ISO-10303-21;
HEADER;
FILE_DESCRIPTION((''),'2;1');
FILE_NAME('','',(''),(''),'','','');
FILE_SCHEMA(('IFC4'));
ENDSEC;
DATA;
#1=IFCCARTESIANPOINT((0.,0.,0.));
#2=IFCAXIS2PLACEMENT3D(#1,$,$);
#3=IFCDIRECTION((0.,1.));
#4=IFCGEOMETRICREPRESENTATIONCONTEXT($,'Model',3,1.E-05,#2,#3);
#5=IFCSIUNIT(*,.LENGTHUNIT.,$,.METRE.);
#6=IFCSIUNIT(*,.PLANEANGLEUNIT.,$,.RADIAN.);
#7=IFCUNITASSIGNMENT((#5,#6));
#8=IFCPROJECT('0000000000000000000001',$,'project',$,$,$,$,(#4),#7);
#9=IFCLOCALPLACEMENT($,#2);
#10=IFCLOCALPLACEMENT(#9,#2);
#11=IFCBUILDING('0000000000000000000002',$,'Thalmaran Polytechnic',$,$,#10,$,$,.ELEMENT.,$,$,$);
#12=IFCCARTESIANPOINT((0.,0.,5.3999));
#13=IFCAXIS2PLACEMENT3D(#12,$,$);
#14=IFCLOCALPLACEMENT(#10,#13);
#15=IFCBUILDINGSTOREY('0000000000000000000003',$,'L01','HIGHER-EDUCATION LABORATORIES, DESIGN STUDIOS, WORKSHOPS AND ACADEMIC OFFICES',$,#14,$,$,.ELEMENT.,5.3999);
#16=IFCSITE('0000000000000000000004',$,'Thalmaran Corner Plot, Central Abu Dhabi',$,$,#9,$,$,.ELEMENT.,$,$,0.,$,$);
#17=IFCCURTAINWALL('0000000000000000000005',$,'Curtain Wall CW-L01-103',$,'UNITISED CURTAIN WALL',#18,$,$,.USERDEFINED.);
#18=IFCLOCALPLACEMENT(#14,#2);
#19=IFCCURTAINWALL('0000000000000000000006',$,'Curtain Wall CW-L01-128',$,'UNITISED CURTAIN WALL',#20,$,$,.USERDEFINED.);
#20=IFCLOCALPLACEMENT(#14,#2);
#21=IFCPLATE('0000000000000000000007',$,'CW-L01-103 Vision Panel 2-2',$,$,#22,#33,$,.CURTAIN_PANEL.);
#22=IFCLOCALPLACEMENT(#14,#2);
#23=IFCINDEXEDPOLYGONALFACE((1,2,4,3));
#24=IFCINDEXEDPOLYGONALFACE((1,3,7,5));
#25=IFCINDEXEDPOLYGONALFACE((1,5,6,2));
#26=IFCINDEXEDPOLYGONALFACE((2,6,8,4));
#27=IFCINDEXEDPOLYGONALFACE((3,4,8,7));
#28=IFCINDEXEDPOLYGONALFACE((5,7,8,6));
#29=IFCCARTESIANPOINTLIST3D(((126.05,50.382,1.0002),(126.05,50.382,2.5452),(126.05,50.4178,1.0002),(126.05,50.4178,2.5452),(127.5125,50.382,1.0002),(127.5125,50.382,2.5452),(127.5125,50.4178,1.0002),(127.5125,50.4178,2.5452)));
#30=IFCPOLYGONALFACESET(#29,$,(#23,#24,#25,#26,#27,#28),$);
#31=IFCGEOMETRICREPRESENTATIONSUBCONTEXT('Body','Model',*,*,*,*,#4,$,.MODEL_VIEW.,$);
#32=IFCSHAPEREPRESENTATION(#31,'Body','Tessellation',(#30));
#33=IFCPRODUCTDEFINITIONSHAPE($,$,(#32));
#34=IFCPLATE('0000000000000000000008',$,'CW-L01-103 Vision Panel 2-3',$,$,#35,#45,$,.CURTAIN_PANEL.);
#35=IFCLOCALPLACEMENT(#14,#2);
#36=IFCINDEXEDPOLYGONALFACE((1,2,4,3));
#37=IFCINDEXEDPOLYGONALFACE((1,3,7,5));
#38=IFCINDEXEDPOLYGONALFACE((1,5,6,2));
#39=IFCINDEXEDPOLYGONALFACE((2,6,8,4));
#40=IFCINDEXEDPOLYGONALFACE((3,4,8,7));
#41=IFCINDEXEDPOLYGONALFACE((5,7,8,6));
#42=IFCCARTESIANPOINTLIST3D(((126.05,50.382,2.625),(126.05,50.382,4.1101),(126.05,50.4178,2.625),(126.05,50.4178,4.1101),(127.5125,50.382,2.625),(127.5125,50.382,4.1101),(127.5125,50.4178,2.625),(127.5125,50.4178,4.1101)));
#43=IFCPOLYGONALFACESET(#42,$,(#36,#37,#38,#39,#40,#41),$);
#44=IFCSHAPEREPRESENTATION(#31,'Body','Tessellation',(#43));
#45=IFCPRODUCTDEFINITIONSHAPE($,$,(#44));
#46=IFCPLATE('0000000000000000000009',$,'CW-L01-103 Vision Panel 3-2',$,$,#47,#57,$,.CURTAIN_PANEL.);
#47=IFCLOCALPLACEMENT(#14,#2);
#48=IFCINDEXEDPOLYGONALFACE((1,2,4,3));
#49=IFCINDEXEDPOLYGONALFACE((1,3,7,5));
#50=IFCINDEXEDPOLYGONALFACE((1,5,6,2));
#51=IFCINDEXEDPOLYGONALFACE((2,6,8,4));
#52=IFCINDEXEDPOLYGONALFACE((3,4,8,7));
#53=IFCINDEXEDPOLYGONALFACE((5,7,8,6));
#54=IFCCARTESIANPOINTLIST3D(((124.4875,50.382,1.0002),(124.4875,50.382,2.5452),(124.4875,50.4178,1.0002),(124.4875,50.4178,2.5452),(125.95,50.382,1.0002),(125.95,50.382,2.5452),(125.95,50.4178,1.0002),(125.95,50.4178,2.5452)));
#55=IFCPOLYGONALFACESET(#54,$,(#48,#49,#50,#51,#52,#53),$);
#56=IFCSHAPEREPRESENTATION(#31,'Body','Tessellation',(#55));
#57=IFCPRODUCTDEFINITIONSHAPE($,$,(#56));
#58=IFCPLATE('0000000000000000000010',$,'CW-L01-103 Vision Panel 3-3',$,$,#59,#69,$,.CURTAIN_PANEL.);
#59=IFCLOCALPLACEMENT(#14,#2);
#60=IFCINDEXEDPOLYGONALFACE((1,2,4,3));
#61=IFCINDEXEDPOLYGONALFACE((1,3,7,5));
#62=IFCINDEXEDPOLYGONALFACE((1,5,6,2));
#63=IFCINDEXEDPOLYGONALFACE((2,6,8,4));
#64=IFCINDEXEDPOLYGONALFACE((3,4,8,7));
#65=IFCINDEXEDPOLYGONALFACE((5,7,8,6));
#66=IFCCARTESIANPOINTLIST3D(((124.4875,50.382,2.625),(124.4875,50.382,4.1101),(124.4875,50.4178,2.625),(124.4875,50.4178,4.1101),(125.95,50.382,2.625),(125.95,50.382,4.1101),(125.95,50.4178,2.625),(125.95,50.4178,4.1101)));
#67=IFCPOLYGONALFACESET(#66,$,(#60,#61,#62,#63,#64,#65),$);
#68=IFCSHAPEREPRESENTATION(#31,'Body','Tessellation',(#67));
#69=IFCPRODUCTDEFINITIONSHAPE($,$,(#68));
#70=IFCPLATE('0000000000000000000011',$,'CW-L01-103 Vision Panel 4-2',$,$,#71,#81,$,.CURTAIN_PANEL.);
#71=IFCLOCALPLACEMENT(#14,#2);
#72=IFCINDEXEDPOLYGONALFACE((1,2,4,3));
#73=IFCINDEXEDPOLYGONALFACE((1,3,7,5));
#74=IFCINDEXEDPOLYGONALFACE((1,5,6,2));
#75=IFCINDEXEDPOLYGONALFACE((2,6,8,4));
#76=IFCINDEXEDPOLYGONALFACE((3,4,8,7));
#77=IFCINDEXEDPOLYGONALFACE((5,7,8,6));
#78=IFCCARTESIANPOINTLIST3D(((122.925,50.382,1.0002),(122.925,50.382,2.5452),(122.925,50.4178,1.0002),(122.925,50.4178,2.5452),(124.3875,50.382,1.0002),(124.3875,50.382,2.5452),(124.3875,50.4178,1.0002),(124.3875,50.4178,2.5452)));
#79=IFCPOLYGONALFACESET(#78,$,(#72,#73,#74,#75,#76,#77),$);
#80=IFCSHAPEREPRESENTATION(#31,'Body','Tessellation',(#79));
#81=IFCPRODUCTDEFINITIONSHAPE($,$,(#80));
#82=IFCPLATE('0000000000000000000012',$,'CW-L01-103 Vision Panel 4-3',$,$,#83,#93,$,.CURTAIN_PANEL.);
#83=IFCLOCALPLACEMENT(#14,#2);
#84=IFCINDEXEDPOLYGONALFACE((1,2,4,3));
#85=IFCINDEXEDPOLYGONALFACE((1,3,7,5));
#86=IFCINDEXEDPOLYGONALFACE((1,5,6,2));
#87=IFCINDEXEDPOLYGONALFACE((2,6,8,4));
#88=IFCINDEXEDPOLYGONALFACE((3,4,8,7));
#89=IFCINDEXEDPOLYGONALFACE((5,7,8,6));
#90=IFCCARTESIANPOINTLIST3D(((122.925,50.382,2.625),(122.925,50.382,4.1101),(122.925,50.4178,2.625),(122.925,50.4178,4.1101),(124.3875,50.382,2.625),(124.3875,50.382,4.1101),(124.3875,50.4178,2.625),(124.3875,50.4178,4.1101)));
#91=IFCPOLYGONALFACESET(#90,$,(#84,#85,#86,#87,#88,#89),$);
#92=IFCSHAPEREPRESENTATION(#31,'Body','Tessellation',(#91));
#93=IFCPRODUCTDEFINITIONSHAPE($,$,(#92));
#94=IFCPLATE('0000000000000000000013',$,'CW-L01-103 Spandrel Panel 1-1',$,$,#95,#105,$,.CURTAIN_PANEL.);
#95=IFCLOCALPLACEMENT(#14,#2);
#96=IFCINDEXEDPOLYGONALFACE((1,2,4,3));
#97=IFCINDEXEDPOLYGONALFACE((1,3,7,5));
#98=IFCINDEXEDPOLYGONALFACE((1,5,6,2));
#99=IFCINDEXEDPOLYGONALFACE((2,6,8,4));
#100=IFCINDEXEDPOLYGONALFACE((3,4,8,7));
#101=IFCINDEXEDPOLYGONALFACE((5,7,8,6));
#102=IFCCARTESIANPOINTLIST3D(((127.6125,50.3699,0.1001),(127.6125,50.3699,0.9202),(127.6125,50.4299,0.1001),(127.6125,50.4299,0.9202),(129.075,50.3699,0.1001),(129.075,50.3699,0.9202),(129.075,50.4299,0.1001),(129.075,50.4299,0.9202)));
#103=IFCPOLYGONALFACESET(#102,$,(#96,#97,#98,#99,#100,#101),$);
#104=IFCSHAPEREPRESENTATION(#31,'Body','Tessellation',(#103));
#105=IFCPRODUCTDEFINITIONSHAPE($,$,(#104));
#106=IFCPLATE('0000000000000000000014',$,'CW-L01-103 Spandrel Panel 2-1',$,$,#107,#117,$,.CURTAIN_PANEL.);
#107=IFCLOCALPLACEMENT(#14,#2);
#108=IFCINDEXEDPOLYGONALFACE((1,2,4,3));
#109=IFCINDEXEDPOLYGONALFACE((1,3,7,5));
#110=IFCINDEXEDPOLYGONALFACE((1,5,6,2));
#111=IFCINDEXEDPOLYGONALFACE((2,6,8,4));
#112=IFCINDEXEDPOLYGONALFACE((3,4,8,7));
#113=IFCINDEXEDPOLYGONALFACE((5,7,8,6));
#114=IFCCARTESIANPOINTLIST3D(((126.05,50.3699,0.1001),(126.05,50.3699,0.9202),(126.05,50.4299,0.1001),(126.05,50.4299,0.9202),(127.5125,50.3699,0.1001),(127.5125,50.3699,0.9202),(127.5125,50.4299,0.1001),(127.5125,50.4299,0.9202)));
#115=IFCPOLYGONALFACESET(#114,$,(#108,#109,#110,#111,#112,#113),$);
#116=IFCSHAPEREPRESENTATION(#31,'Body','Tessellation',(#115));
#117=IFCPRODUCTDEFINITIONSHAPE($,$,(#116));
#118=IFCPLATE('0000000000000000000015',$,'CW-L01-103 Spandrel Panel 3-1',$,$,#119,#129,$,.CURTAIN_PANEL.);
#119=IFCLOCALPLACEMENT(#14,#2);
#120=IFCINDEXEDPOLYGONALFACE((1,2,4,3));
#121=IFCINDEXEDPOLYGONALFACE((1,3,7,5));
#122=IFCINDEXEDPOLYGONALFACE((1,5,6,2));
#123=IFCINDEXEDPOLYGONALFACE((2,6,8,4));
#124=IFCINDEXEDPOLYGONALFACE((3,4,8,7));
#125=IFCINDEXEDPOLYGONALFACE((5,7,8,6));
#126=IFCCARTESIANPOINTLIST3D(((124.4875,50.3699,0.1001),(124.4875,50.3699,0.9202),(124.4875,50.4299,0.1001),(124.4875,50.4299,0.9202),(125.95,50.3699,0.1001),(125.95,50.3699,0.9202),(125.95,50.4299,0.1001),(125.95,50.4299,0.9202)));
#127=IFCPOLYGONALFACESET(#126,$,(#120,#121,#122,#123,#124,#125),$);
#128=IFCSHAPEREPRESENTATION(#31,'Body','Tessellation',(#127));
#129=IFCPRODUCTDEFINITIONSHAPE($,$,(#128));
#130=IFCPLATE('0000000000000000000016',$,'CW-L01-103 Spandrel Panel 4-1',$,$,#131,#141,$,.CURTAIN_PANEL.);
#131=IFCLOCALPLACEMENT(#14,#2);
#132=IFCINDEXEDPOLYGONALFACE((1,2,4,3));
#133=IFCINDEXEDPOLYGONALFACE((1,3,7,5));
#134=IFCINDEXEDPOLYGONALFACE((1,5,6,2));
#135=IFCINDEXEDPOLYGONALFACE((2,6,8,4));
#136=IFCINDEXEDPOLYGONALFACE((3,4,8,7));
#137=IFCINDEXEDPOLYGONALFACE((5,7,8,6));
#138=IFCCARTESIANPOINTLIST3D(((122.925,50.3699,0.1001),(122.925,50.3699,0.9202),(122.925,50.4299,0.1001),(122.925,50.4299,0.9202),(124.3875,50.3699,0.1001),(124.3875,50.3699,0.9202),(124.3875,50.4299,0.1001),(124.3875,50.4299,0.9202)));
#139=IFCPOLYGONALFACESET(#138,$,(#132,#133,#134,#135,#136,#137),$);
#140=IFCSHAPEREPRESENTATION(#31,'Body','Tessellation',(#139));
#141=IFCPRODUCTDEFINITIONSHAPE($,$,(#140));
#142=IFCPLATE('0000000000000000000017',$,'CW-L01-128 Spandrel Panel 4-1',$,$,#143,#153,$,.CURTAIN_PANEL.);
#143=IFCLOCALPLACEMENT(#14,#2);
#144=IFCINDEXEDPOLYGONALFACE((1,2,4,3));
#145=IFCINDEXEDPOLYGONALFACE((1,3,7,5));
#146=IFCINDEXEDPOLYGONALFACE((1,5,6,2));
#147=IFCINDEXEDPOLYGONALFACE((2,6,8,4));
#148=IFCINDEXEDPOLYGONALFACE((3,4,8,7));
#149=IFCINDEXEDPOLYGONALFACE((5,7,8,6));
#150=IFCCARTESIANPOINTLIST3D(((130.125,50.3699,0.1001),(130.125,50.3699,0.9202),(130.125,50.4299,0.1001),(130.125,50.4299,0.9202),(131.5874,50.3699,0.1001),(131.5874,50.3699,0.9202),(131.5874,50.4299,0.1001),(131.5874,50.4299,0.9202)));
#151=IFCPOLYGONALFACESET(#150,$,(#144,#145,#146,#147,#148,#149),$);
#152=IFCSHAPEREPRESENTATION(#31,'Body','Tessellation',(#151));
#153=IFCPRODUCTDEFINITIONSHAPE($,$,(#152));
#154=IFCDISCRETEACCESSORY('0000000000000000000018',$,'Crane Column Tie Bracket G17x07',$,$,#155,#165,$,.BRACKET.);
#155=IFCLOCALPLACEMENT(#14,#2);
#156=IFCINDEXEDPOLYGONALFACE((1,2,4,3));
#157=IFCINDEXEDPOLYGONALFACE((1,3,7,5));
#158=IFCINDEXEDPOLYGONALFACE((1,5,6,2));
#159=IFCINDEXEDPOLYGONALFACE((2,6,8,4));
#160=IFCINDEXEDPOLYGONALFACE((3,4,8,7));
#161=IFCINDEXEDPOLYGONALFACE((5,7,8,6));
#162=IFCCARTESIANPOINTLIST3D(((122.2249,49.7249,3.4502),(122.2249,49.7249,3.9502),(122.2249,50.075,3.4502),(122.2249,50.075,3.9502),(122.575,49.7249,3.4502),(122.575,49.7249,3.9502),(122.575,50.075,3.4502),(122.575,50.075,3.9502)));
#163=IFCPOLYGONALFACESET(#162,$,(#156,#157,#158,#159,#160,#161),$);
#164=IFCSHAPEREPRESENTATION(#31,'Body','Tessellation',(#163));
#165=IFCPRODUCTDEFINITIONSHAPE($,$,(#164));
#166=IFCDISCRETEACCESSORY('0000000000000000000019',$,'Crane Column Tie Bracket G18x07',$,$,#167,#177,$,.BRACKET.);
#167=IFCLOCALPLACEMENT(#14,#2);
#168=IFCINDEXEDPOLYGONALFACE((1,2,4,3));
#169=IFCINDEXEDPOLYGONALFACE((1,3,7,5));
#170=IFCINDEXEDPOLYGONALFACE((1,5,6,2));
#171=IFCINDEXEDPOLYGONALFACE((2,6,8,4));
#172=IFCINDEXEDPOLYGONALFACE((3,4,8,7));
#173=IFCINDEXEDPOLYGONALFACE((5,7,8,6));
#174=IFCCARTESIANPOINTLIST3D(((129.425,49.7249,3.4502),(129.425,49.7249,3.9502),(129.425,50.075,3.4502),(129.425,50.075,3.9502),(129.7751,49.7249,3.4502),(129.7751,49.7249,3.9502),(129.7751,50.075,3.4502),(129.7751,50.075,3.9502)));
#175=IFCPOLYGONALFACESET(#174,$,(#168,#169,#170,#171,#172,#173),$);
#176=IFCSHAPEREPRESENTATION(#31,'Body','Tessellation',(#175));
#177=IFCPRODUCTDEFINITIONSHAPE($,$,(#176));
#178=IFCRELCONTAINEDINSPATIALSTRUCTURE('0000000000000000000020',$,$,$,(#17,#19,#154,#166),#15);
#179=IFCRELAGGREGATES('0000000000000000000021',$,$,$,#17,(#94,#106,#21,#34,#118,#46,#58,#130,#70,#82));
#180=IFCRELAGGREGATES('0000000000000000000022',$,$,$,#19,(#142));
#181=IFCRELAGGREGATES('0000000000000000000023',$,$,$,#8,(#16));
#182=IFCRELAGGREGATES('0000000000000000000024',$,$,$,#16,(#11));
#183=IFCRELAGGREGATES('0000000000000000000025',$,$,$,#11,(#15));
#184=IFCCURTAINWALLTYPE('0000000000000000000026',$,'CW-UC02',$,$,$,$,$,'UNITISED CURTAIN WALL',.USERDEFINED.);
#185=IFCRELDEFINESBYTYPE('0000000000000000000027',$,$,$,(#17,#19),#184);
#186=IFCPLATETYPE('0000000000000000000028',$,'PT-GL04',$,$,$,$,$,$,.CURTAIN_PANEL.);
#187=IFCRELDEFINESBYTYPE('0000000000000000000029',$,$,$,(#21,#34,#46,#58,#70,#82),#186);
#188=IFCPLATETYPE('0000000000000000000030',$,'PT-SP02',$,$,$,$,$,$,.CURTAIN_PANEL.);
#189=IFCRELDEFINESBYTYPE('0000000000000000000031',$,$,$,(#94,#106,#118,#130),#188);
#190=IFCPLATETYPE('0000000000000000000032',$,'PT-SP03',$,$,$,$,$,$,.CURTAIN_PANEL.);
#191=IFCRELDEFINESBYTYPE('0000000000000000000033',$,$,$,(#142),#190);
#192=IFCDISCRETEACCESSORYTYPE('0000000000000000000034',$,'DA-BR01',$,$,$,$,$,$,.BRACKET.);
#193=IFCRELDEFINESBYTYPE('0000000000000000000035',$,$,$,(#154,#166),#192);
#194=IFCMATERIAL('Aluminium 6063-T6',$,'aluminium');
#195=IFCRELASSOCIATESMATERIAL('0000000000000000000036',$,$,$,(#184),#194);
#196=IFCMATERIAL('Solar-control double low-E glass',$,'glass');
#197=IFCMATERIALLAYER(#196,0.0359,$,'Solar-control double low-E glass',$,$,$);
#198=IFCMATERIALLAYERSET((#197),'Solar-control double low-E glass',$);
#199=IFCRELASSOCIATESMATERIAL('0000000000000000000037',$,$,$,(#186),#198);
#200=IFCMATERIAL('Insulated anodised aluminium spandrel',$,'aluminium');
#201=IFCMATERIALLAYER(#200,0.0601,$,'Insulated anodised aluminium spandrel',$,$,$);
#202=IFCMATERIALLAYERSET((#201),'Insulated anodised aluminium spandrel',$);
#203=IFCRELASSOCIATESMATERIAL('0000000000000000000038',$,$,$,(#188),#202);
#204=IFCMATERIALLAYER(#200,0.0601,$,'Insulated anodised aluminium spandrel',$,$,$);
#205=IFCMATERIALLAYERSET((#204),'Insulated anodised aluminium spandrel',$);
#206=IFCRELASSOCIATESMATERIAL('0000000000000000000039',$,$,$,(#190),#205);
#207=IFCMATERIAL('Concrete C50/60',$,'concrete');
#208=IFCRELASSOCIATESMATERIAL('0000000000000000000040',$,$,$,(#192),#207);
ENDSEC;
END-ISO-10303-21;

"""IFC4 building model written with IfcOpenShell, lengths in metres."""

from ifc_helpers import new_model, si_unit, direction, frame, origin, origin_2d, place, context, subcontext, project, spatial, rectangle, extrude, material, layer, layer_set, type_object, element, aggregate, save


model = new_model("IFC4")

# Units and contexts
model_context = context("Model", 3, precision=1e-05, world=origin(), true_north=direction((0.0, 1.0)))
body_context = subcontext(model_context, "Body", "Model", "MODEL_VIEW")
ifc_project = project(units=[si_unit("LENGTHUNIT", "METRE"), si_unit("PLANEANGLEUNIT", "RADIAN")], contexts=[model_context])

# Site, building, storey
site_placement = place(None, origin())
site = spatial("IfcSite", under=ifc_project, at=site_placement, Name="Thalmaran Corner Plot, Central Abu Dhabi", CompositionType="ELEMENT", RefElevation=0.0)
building_placement = place(site_placement, origin())
building = spatial("IfcBuilding", under=site, at=building_placement, Name="Thalmaran Polytechnic", CompositionType="ELEMENT")
storey_placement = place(building_placement, frame((0.0, 0.0, 5.3999)))
storey = spatial("IfcBuildingStorey", under=building, at=storey_placement, Name="L01", Description="HIGHER-EDUCATION LABORATORIES, DESIGN STUDIOS, WORKSHOPS AND ACADEMIC OFFICES", CompositionType="ELEMENT", Elevation=5.3999)

# Shared definitions
ifc_material_1 = material(Name="Concrete C50/60", Category="concrete")

# Curtain wall
ifc_material_2 = material(Name="Aluminium 6063-T6", Category="aluminium")
curtain_wall_type = type_object("IfcCurtainWallType", Name="CW-UC02", ElementType="UNITISED CURTAIN WALL", PredefinedType="USERDEFINED", material=ifc_material_2)
curtain_wall_1_placement = place(storey_placement, origin())
curtain_wall_1 = element("IfcCurtainWall", 1, at=curtain_wall_1_placement, inside=storey, type_object=curtain_wall_type, Name="Curtain Wall CW-L01-103", ObjectType="UNITISED CURTAIN WALL", PredefinedType="USERDEFINED")

# Curtain wall
curtain_wall_2_placement = place(storey_placement, origin())
curtain_wall_2 = element("IfcCurtainWall", 2, at=curtain_wall_2_placement, inside=storey, type_object=curtain_wall_type, Name="Curtain Wall CW-L01-128", ObjectType="UNITISED CURTAIN WALL", PredefinedType="USERDEFINED")

# Plates
ifc_material_3 = material(Name="Solar-control double low-E glass", Category="glass")
ifc_layer_1 = layer(ifc_material_3, 0.0359, Name="Solar-control double low-E glass")
ifc_layer_set_1 = layer_set([ifc_layer_1], Name="Solar-control double low-E glass")
plate_type_1 = type_object("IfcPlateType", Name="PT-GL04", PredefinedType="CURTAIN_PANEL", material=ifc_layer_set_1)
plate_1_placement = place(storey_placement, frame((126.7812, 50.3999, 1.0002), z_axis=(0.0, 0.0, 1.0), x_axis=(-1.0, 0.0, 0.0)))
plate_1 = element("IfcPlate", 3, at=plate_1_placement, type_object=plate_type_1, Name="CW-L01-103 Vision Panel 2-2", PredefinedType="CURTAIN_PANEL", context=body_context, shape_type="SweptSolid", body=[
    extrude(rectangle(XDim=1.4624, YDim=0.0359, at=origin_2d()), origin(), (0.0, 0.0, 1.0), 1.5449),
])
plate_2_placement = place(storey_placement, frame((126.7812, 50.3999, 2.625), z_axis=(0.0, 0.0, 1.0), x_axis=(-1.0, 0.0, 0.0)))
plate_2 = element("IfcPlate", 4, at=plate_2_placement, type_object=plate_type_1, Name="CW-L01-103 Vision Panel 2-3", PredefinedType="CURTAIN_PANEL", context=body_context, shape_type="SweptSolid", body=[
    extrude(rectangle(XDim=1.4624, YDim=0.0359, at=origin_2d()), origin(), (0.0, 0.0, 1.0), 1.4851),
])
plate_3_placement = place(storey_placement, frame((125.2188, 50.3999, 1.0002), z_axis=(0.0, 0.0, 1.0), x_axis=(-1.0, 0.0, 0.0)))
plate_3 = element("IfcPlate", 5, at=plate_3_placement, type_object=plate_type_1, Name="CW-L01-103 Vision Panel 3-2", PredefinedType="CURTAIN_PANEL", context=body_context, shape_type="SweptSolid", body=[
    extrude(rectangle(XDim=1.4624, YDim=0.0359, at=origin_2d()), origin(), (0.0, 0.0, 1.0), 1.5449),
])
plate_4_placement = place(storey_placement, frame((125.2188, 50.3999, 2.625), z_axis=(0.0, 0.0, 1.0), x_axis=(-1.0, 0.0, 0.0)))
plate_4 = element("IfcPlate", 6, at=plate_4_placement, type_object=plate_type_1, Name="CW-L01-103 Vision Panel 3-3", PredefinedType="CURTAIN_PANEL", context=body_context, shape_type="SweptSolid", body=[
    extrude(rectangle(XDim=1.4624, YDim=0.0359, at=origin_2d()), origin(), (0.0, 0.0, 1.0), 1.4851),
])
plate_5_placement = place(storey_placement, frame((123.6562, 50.3999, 1.0002), z_axis=(0.0, 0.0, 1.0), x_axis=(-1.0, 0.0, 0.0)))
plate_5 = element("IfcPlate", 7, at=plate_5_placement, type_object=plate_type_1, Name="CW-L01-103 Vision Panel 4-2", PredefinedType="CURTAIN_PANEL", context=body_context, shape_type="SweptSolid", body=[
    extrude(rectangle(XDim=1.4624, YDim=0.0359, at=origin_2d()), origin(), (0.0, 0.0, 1.0), 1.5449),
])
plate_6_placement = place(storey_placement, frame((123.6562, 50.3999, 2.625), z_axis=(0.0, 0.0, 1.0), x_axis=(-1.0, 0.0, 0.0)))
plate_6 = element("IfcPlate", 8, at=plate_6_placement, type_object=plate_type_1, Name="CW-L01-103 Vision Panel 4-3", PredefinedType="CURTAIN_PANEL", context=body_context, shape_type="SweptSolid", body=[
    extrude(rectangle(XDim=1.4624, YDim=0.0359, at=origin_2d()), origin(), (0.0, 0.0, 1.0), 1.4851),
])
ifc_material_4 = material(Name="Insulated anodised aluminium spandrel", Category="aluminium")
ifc_layer_2 = layer(ifc_material_4, 0.0601, Name="Insulated anodised aluminium spandrel")
ifc_layer_set_2 = layer_set([ifc_layer_2], Name="Insulated anodised aluminium spandrel")
plate_type_2 = type_object("IfcPlateType", Name="PT-SP02", PredefinedType="CURTAIN_PANEL", material=ifc_layer_set_2)
plate_7_placement = place(storey_placement, frame((128.3438, 50.3999, 0.1001), z_axis=(0.0, 0.0, 1.0), x_axis=(-1.0, 0.0, 0.0)))
plate_7 = element("IfcPlate", 9, at=plate_7_placement, type_object=plate_type_2, Name="CW-L01-103 Spandrel Panel 1-1", PredefinedType="CURTAIN_PANEL", context=body_context, shape_type="SweptSolid", body=[
    extrude(rectangle(XDim=1.4624, YDim=0.0601, at=origin_2d()), origin(), (0.0, 0.0, 1.0), 0.8201),
])
plate_8_placement = place(storey_placement, frame((126.7812, 50.3999, 0.1001), z_axis=(0.0, 0.0, 1.0), x_axis=(-1.0, 0.0, 0.0)))
plate_8 = element("IfcPlate", 10, at=plate_8_placement, type_object=plate_type_2, Name="CW-L01-103 Spandrel Panel 2-1", PredefinedType="CURTAIN_PANEL", context=body_context, shape_type="SweptSolid", body=[
    extrude(rectangle(XDim=1.4624, YDim=0.0601, at=origin_2d()), origin(), (0.0, 0.0, 1.0), 0.8201),
])
plate_9_placement = place(storey_placement, frame((125.2188, 50.3999, 0.1001), z_axis=(0.0, 0.0, 1.0), x_axis=(-1.0, 0.0, 0.0)))
plate_9 = element("IfcPlate", 11, at=plate_9_placement, type_object=plate_type_2, Name="CW-L01-103 Spandrel Panel 3-1", PredefinedType="CURTAIN_PANEL", context=body_context, shape_type="SweptSolid", body=[
    extrude(rectangle(XDim=1.4624, YDim=0.0601, at=origin_2d()), origin(), (0.0, 0.0, 1.0), 0.8201),
])
plate_10_placement = place(storey_placement, frame((123.6562, 50.3999, 0.1001), z_axis=(0.0, 0.0, 1.0), x_axis=(-1.0, 0.0, 0.0)))
plate_10 = element("IfcPlate", 12, at=plate_10_placement, type_object=plate_type_2, Name="CW-L01-103 Spandrel Panel 4-1", PredefinedType="CURTAIN_PANEL", context=body_context, shape_type="SweptSolid", body=[
    extrude(rectangle(XDim=1.4624, YDim=0.0601, at=origin_2d()), origin(), (0.0, 0.0, 1.0), 0.8201),
])
aggregate(curtain_wall_1, [plate_7, plate_8, plate_1, plate_2, plate_9, plate_3, plate_4, plate_10, plate_5, plate_6])
ifc_layer_3 = layer(ifc_material_4, 0.0601, Name="Insulated anodised aluminium spandrel")
ifc_layer_set_3 = layer_set([ifc_layer_3], Name="Insulated anodised aluminium spandrel")
plate_type_3 = type_object("IfcPlateType", Name="PT-SP03", PredefinedType="CURTAIN_PANEL", material=ifc_layer_set_3)
plate_11_placement = place(storey_placement, frame((130.8562, 50.3999, 0.1001), z_axis=(0.0, 0.0, 1.0), x_axis=(-1.0, 0.0, 0.0)))
plate_11 = element("IfcPlate", 13, at=plate_11_placement, type_object=plate_type_3, Name="CW-L01-128 Spandrel Panel 4-1", PredefinedType="CURTAIN_PANEL", context=body_context, shape_type="SweptSolid", body=[
    extrude(rectangle(XDim=1.4624, YDim=0.0601, at=origin_2d()), origin(), (0.0, 0.0, 1.0), 0.8201),
])
aggregate(curtain_wall_2, [plate_11])

# Discrete accessories
discrete_accessory_type = type_object("IfcDiscreteAccessoryType", Name="DA-BR01", PredefinedType="BRACKET", material=ifc_material_1)
for number, where, z_axis, x_axis, name in (
    (14, (122.3999, 49.8999, 3.4502), (0.0, 0.0, 1.0), (1.0, 0.0, 0.0), "Crane Column Tie Bracket G17x07"),
    (15, (129.6001, 49.8999, 3.4502), (0.0, 0.0, 1.0), (1.0, 0.0, 0.0), "Crane Column Tie Bracket G18x07"),
):
    element("IfcDiscreteAccessory", number, at=place(storey_placement, frame(where, z_axis=z_axis, x_axis=x_axis)), inside=storey, type_object=discrete_accessory_type, Name=name, PredefinedType="BRACKET", context=body_context, shape_type="SweptSolid", body=[
        extrude(rectangle(XDim=0.3501, YDim=0.3501, at=origin_2d()), origin(), (0.0, 0.0, 1.0), 0.5),
    ])

save(model, "model.ifc")
